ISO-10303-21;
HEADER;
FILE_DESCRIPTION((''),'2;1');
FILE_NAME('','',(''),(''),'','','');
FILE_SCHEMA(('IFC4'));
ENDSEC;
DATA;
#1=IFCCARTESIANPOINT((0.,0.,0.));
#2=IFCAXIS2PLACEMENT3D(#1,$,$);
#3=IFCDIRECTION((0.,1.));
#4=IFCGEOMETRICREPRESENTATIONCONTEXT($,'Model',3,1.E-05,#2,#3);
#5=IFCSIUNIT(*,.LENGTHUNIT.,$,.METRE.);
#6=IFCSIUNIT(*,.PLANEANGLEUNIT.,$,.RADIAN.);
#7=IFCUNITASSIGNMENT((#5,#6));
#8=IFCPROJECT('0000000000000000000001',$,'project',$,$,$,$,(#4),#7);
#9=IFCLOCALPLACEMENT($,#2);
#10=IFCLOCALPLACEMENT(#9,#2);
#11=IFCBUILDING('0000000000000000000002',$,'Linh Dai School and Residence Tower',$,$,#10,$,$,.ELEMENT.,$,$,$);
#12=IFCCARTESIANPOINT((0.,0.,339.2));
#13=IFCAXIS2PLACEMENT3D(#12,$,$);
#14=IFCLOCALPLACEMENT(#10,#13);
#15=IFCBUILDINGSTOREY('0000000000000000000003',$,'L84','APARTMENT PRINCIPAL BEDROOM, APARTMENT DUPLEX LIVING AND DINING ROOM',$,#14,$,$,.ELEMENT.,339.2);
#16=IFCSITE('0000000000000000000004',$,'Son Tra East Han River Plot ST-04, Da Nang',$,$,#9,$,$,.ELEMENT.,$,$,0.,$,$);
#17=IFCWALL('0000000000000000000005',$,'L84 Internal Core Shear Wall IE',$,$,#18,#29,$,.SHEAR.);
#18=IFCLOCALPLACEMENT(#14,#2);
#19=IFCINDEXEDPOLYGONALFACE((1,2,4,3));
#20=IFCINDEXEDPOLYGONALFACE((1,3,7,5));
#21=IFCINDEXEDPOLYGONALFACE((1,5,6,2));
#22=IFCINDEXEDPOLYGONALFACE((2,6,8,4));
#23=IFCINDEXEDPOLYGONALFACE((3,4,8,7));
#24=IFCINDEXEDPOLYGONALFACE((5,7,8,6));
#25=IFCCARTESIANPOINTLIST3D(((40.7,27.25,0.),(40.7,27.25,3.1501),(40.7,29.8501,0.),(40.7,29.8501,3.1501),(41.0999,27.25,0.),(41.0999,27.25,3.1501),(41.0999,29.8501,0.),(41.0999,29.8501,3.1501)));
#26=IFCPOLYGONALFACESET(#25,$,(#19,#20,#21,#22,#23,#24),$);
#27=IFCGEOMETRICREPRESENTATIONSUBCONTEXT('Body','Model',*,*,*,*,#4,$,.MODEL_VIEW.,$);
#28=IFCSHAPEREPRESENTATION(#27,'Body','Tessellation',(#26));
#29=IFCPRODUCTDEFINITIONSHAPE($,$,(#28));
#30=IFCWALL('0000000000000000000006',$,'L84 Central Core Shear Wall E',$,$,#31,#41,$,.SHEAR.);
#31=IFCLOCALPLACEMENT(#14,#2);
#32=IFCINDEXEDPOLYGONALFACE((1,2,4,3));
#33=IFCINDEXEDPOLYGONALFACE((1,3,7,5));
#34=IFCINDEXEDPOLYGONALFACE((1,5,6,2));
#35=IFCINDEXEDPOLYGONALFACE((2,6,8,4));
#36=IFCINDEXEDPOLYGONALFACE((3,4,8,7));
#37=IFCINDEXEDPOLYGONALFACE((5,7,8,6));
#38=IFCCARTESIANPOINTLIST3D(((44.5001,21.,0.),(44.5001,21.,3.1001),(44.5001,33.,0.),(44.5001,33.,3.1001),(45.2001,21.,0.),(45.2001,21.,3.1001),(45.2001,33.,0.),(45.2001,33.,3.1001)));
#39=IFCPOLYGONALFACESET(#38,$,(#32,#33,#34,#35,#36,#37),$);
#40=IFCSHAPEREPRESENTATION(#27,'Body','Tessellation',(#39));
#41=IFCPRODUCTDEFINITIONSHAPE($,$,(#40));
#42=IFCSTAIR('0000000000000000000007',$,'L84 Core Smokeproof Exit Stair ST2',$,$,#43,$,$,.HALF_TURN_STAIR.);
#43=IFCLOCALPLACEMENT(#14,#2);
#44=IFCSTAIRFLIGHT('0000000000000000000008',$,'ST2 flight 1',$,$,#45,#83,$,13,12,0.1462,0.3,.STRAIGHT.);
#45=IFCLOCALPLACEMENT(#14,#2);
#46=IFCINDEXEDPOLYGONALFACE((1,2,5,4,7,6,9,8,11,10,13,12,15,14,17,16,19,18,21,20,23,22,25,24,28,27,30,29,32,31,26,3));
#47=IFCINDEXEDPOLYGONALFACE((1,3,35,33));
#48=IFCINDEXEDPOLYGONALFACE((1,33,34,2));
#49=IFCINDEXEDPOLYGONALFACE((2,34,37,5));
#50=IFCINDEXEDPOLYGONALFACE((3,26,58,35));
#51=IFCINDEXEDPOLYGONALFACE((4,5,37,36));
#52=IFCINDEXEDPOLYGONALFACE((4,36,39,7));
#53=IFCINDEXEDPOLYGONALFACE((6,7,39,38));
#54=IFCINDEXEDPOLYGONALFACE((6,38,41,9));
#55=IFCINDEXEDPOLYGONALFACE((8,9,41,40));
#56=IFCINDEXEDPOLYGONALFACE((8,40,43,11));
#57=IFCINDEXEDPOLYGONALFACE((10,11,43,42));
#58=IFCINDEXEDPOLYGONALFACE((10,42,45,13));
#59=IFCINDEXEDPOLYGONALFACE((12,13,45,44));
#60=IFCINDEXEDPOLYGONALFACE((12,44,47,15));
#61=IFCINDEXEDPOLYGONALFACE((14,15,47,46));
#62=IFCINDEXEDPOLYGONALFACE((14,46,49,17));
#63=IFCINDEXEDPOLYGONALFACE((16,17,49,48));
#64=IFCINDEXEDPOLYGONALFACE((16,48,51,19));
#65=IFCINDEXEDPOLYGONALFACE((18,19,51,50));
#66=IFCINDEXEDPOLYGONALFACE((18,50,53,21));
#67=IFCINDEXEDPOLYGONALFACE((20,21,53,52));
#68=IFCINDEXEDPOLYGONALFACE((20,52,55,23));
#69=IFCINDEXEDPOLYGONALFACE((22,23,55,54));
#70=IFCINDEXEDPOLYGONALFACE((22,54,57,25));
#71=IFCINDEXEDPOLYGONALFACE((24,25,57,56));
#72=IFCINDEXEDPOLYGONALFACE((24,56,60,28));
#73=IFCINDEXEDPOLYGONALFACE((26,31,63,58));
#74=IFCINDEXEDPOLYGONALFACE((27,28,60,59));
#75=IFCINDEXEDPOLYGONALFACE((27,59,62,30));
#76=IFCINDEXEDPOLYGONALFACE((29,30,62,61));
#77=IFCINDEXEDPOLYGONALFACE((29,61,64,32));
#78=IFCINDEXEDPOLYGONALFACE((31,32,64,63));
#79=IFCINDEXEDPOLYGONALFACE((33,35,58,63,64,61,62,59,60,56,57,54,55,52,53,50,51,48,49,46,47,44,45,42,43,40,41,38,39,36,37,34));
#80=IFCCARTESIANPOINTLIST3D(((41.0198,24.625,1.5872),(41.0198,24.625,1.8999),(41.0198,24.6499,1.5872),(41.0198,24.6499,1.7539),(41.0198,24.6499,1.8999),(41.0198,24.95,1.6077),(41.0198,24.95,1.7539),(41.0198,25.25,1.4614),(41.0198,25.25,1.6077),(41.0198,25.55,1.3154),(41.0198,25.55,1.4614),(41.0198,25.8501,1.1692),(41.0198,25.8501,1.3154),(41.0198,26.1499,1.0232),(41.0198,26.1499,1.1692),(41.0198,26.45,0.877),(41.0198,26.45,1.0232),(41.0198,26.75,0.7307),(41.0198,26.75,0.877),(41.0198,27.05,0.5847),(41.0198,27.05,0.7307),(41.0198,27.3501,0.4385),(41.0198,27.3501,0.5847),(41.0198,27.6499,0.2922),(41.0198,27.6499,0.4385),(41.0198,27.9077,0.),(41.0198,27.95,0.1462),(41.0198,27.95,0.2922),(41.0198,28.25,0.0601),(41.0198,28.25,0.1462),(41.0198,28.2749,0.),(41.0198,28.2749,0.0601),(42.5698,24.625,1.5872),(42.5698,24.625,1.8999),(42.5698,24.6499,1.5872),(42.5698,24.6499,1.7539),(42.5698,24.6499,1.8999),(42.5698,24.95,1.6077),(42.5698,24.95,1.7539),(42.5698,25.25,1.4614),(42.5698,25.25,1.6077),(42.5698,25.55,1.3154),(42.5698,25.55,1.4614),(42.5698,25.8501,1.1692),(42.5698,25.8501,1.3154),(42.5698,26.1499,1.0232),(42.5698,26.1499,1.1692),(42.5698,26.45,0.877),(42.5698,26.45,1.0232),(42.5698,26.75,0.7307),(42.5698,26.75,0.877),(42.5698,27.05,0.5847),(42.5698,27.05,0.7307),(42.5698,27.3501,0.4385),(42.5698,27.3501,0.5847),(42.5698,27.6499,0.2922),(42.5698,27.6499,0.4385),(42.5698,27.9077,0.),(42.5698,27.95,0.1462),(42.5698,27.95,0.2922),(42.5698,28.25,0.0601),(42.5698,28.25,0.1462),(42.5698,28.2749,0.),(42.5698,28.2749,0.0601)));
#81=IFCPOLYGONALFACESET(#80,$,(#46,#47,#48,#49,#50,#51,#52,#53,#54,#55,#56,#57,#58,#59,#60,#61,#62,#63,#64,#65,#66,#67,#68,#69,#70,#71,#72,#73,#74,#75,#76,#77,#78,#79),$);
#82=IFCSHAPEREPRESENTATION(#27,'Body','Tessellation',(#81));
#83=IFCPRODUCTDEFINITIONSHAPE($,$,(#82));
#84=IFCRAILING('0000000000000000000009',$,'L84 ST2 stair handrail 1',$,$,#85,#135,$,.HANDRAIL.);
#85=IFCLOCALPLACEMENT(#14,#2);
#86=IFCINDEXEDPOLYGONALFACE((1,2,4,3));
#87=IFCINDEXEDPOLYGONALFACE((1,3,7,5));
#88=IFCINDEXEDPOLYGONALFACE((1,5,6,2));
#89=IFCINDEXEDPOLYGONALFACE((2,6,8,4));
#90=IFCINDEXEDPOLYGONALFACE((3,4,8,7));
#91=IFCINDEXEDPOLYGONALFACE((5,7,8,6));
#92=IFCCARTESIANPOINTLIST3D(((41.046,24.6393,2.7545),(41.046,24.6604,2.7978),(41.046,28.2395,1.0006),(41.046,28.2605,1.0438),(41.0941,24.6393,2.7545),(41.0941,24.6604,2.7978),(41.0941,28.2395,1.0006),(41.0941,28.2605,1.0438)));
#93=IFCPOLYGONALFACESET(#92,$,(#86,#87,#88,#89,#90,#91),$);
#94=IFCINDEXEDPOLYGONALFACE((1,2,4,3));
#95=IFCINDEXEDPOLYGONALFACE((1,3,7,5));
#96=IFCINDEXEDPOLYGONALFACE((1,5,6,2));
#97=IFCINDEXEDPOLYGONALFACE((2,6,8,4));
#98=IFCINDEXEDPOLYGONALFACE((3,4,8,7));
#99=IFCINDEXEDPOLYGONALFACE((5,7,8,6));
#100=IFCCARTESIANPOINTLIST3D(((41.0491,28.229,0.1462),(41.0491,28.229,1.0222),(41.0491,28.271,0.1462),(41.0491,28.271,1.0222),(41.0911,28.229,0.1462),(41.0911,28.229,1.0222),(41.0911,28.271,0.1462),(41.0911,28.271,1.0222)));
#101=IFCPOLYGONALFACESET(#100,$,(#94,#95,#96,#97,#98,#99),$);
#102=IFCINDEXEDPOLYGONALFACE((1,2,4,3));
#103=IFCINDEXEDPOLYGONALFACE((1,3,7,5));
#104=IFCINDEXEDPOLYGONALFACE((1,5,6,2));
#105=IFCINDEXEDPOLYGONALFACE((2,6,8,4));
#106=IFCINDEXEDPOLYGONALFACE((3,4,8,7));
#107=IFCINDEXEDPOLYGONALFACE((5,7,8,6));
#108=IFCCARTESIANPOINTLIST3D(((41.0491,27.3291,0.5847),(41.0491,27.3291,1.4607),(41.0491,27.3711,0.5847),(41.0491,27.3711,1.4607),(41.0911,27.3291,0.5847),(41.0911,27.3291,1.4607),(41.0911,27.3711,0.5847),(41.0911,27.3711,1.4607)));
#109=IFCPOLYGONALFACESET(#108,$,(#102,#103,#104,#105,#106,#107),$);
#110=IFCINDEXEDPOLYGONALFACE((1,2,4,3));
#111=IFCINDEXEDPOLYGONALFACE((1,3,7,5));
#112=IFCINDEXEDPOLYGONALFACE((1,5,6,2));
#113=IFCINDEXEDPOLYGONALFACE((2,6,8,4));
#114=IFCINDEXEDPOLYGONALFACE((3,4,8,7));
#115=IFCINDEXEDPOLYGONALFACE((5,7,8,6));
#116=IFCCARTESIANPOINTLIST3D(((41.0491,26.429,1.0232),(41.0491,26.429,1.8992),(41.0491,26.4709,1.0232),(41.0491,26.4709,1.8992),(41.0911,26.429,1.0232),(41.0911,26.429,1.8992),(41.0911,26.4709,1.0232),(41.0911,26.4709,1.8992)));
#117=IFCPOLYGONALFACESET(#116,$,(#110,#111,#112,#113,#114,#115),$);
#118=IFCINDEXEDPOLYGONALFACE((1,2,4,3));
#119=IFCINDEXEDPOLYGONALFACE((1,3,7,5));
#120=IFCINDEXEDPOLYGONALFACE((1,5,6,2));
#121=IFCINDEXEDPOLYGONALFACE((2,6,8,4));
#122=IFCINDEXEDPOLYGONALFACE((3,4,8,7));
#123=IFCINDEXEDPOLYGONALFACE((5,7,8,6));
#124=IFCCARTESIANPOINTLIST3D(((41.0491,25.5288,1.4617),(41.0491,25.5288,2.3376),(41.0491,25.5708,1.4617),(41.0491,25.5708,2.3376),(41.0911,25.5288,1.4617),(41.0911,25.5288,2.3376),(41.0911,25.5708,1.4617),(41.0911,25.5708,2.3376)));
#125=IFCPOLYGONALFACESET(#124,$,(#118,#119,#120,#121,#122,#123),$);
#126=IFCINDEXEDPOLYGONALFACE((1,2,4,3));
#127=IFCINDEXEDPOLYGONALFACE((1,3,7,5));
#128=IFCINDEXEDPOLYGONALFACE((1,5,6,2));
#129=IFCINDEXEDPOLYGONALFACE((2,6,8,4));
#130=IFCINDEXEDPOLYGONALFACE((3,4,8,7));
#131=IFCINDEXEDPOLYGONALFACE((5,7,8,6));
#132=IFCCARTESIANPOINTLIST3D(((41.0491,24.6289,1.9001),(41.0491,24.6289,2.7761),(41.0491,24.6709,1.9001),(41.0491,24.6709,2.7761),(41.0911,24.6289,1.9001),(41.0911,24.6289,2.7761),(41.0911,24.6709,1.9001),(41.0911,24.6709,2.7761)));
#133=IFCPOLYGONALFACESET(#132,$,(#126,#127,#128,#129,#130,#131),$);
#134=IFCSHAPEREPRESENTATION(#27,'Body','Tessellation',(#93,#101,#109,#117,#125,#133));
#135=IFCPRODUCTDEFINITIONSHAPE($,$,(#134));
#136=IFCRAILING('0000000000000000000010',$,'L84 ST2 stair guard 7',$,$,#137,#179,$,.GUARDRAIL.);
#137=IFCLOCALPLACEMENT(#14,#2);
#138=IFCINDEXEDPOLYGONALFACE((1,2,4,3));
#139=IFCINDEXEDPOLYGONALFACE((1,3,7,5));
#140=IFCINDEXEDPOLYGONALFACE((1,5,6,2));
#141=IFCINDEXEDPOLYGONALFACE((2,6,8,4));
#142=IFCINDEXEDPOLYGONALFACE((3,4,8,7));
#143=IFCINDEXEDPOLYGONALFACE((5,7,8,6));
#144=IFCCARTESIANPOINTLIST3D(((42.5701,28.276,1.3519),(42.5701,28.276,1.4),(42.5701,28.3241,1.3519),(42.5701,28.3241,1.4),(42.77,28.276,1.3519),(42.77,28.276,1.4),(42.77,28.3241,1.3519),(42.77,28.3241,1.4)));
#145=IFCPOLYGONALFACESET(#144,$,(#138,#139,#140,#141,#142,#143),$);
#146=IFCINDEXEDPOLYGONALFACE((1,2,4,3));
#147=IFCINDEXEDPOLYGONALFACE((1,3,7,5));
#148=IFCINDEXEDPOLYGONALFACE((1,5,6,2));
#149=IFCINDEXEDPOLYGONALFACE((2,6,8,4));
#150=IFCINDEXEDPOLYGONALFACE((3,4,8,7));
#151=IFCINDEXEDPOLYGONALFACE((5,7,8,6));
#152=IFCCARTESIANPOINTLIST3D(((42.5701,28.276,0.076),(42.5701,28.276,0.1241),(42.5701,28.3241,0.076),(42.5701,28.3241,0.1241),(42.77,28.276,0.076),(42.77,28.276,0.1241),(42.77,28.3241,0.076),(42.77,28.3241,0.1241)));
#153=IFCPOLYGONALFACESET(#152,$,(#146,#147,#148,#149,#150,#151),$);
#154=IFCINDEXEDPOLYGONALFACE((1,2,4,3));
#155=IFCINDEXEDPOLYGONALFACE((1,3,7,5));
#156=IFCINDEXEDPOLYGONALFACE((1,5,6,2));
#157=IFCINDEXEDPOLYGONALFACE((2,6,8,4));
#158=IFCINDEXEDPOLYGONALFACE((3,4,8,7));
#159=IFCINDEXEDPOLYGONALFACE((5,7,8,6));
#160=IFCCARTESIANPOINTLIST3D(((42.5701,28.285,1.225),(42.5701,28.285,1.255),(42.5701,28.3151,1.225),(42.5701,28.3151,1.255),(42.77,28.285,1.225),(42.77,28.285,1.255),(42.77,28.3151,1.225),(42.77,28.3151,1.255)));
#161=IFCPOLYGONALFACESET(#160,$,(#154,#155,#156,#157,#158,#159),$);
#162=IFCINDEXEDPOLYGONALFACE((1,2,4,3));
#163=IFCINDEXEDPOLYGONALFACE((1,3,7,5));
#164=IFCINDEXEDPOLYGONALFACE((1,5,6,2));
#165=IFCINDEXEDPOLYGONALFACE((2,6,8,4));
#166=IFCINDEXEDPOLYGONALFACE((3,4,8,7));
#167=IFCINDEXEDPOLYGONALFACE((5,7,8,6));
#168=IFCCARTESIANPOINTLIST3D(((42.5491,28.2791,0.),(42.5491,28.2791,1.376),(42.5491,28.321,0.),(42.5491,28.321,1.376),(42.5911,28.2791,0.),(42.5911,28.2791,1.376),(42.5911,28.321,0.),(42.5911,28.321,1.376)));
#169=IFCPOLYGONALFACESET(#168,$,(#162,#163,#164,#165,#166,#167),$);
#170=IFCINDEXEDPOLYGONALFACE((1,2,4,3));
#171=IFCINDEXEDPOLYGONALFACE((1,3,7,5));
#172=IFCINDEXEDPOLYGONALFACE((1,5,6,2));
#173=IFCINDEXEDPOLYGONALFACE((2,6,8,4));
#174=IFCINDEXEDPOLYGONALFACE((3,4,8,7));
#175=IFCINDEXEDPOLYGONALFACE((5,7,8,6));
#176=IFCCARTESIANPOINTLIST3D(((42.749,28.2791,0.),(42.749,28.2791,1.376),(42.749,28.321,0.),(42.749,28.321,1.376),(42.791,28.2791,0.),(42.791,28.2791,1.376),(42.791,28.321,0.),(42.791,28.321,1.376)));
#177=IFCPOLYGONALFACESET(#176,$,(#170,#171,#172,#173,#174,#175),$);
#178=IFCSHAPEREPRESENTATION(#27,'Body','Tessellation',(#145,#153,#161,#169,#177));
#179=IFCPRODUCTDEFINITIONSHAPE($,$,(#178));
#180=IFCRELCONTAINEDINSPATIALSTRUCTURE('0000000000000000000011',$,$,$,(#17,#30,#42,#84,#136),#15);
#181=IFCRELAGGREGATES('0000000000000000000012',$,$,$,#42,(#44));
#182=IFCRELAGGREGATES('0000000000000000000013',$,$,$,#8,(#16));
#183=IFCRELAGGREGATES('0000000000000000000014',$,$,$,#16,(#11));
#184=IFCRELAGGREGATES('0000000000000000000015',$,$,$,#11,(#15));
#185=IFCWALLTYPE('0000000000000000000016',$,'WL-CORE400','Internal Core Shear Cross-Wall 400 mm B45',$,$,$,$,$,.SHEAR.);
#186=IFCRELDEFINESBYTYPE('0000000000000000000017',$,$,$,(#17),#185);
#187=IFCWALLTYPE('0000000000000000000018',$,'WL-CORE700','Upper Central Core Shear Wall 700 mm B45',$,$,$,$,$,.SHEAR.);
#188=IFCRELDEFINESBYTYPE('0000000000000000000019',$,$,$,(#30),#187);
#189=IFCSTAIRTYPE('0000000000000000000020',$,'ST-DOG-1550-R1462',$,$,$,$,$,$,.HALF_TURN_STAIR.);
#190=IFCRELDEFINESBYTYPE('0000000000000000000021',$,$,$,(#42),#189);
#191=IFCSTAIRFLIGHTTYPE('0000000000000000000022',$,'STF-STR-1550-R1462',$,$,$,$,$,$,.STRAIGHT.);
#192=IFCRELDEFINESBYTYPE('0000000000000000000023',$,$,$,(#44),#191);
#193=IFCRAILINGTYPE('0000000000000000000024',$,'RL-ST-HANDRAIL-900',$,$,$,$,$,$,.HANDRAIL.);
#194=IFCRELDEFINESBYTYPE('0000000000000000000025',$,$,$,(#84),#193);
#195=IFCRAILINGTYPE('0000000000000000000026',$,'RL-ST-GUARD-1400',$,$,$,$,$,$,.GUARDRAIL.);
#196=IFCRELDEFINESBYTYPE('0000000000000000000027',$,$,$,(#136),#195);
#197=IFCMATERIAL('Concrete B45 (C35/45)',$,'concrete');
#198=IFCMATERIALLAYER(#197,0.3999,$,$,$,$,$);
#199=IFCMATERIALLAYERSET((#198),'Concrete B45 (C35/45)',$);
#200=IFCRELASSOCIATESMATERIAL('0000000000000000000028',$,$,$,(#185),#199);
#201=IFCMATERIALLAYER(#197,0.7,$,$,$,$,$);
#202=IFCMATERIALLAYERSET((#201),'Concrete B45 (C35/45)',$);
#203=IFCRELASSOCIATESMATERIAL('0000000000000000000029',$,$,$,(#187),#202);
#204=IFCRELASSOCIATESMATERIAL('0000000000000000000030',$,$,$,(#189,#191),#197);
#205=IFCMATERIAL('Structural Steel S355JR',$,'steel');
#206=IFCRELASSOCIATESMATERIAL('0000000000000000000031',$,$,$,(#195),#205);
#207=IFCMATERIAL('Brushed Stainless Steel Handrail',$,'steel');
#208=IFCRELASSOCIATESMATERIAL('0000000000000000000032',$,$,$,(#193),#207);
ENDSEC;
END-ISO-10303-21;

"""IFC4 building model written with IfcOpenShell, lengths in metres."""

from ifc_helpers import new_model, si_unit, direction, frame, frame_2d, origin, origin_2d, place, context, subcontext, project, spatial, polyline, rectangle, outline, extrude, source, transform, mapped, material, layer, layer_set, type_object, element, aggregate, save


model = new_model("IFC4")

# Units and contexts
model_context = context("Model", 3, precision=1e-05, world=origin(), true_north=direction((0.0, 1.0)))
body_context = subcontext(model_context, "Body", "Model", "MODEL_VIEW")
ifc_project = project(units=[si_unit("LENGTHUNIT", "METRE"), si_unit("PLANEANGLEUNIT", "RADIAN")], contexts=[model_context])

# Site, building, storey
site_placement = place(None, origin())
site = spatial("IfcSite", under=ifc_project, at=site_placement, Name="Son Tra East Han River Plot ST-04, Da Nang", CompositionType="ELEMENT", RefElevation=0.0)
building_placement = place(site_placement, origin())
building = spatial("IfcBuilding", under=site, at=building_placement, Name="Linh Dai School and Residence Tower", CompositionType="ELEMENT")
storey_placement = place(building_placement, frame((0.0, 0.0, 339.2)))
storey = spatial("IfcBuildingStorey", under=building, at=storey_placement, Name="L84", Description="APARTMENT PRINCIPAL BEDROOM, APARTMENT DUPLEX LIVING AND DINING ROOM", CompositionType="ELEMENT", Elevation=339.2)

# Shared definitions
ifc_material_1 = material(Name="Structural Steel S355JR", Category="steel")

# Walls
ifc_material_2 = material(Name="Concrete B45 (C35/45)", Category="concrete")
ifc_layer_1 = layer(ifc_material_2, 0.3999)
ifc_layer_set_1 = layer_set([ifc_layer_1], Name="Concrete B45 (C35/45)")
wall_type_1 = type_object("IfcWallType", Name="WL-CORE400", Description="Internal Core Shear Cross-Wall 400 mm B45", PredefinedType="SHEAR", material=ifc_layer_set_1)
wall_1_placement = place(storey_placement, frame((40.8999, 27.25, 0.0), z_axis=(0.0, 0.0, 1.0), x_axis=(0.0, 1.0, 0.0)))
element("IfcWall", 1, at=wall_1_placement, inside=storey, type_object=wall_type_1, Name="L84 Internal Core Shear Wall IE", PredefinedType="SHEAR", context=body_context, shape_type="SweptSolid", body=[
    extrude(rectangle(XDim=2.6001, YDim=0.3999, at=frame_2d((1.3, 0.0))), origin(), (0.0, 0.0, 1.0), 3.1501),
])
ifc_layer_2 = layer(ifc_material_2, 0.7)
ifc_layer_set_2 = layer_set([ifc_layer_2], Name="Concrete B45 (C35/45)")
wall_type_2 = type_object("IfcWallType", Name="WL-CORE700", Description="Upper Central Core Shear Wall 700 mm B45", PredefinedType="SHEAR", material=ifc_layer_set_2)
wall_2_placement = place(storey_placement, frame((44.8501, 33.0, 0.0), z_axis=(0.0, 0.0, 1.0), x_axis=(0.0, -1.0, 0.0)))
element("IfcWall", 2, at=wall_2_placement, inside=storey, type_object=wall_type_2, Name="L84 Central Core Shear Wall E", PredefinedType="SHEAR", context=body_context, shape_type="SweptSolid", body=[
    extrude(rectangle(XDim=12.0, YDim=0.7, at=frame_2d((6.0, 0.0))), origin(), (0.0, 0.0, 1.0), 3.1001),
])

# Stair, stair flight
stair_type = type_object("IfcStairType", Name="ST-DOG-1550-R1462", PredefinedType="HALF_TURN_STAIR", material=ifc_material_2)
stair_placement = place(storey_placement, origin())
stair = element("IfcStair", 3, at=stair_placement, inside=storey, type_object=stair_type, Name="L84 Core Smokeproof Exit Stair ST2", PredefinedType="HALF_TURN_STAIR")
stair_flight_type = type_object("IfcStairFlightType", Name="STF-STR-1550-R1462", PredefinedType="STRAIGHT", material=ifc_material_2)
shared_shape_1 = source(origin(), body_context, "Body", "SweptSolid", [
    extrude(outline(polyline([(-0.0249, 0.0), (-0.0249, 0.0601), (0.0, 0.0601), (0.0, 0.1462), (0.3, 0.1462), (0.3, 0.2922), (0.6001, 0.2922), (0.6001, 0.4385), (0.8999, 0.4385), (0.8999, 0.5847), (1.2, 0.5847), (1.2, 0.7307), (1.5, 0.7307), (1.5, 0.877), (1.8, 0.877), (1.8, 1.0232), (2.1001, 1.0232), (2.1001, 1.1692), (2.3999, 1.1692), (2.3999, 1.3154), (2.7, 1.3154), (2.7, 1.4614), (3.0, 1.4614), (3.0, 1.6077), (3.3, 1.6077), (3.3, 1.7539), (3.6001, 1.7539), (3.6001, 1.8999), (3.625, 1.8999), (3.625, 1.5872), (3.6001, 1.5872), (0.3423, 0.0), (-0.0249, 0.0)])), frame((0.0, 0.7749, 0.0), z_axis=(0.0, -1.0, 0.0), x_axis=(1.0, 0.0, 0.0)), (0.0, 0.0, 1.0), 1.55),
])
stair_flight_placement = place(storey_placement, frame((41.7949, 28.25, 0.0), z_axis=(0.0, 0.0, 1.0), x_axis=(0.0, -1.0, 0.0)))
stair_flight = element("IfcStairFlight", 4, at=stair_flight_placement, type_object=stair_flight_type, Name="ST2 flight 1", NumberOfRisers=13, NumberOfTreads=12, PredefinedType="STRAIGHT", RiserHeight=0.1462, TreadLength=0.3, context=body_context, shape_type="MappedRepresentation", body=[
    mapped(shared_shape_1, transform((0.0, 0.0, 0.0), x_axis=(1.0, 0.0, 0.0), y_axis=(0.0, 1.0, 0.0), z_axis=(0.0, 0.0, 1.0), scale=1.0)),
])
aggregate(stair, [stair_flight])

# Railings
railing_type_1 = type_object("IfcRailingType", Name="RL-ST-GUARD-1400", PredefinedType="GUARDRAIL", material=ifc_material_1)
ifc_material_3 = material(Name="Brushed Stainless Steel Handrail", Category="steel")
railing_type_2 = type_object("IfcRailingType", Name="RL-ST-HANDRAIL-900", PredefinedType="HANDRAIL", material=ifc_material_3)
shared_shape_2 = source(origin(), body_context, "Body", "SweptSolid", [
    extrude(rectangle(XDim=0.0481, YDim=0.0481, at=origin_2d()), frame((0.0, 0.0, 0.876), z_axis=(0.0, -0.898989, 0.437972), x_axis=(1.0, 0.0, 0.0)), (0.0, 0.0, 1.0), 4.0046),
    extrude(rectangle(XDim=0.042, YDim=0.042, at=origin_2d()), origin(), (0.0, 0.0, 1.0), 0.876),
    extrude(rectangle(XDim=0.042, YDim=0.042, at=origin_2d()), frame((0.0, -0.8999, 0.4385)), (0.0, 0.0, 1.0), 0.876),
    extrude(rectangle(XDim=0.042, YDim=0.042, at=origin_2d()), frame((0.0, -1.8, 0.877)), (0.0, 0.0, 1.0), 0.876),
    extrude(rectangle(XDim=0.042, YDim=0.042, at=origin_2d()), frame((0.0, -2.7002, 1.3154)), (0.0, 0.0, 1.0), 0.876),
    extrude(rectangle(XDim=0.042, YDim=0.042, at=origin_2d()), frame((0.0, -3.6001, 1.7539)), (0.0, 0.0, 1.0), 0.876),
])
railing_1_placement = place(storey_placement, frame((41.0701, 28.25, 0.1462)))
element("IfcRailing", 5, at=railing_1_placement, inside=storey, type_object=railing_type_2, Name="L84 ST2 stair handrail 1", PredefinedType="HANDRAIL", context=body_context, shape_type="MappedRepresentation", body=[
    mapped(shared_shape_2, transform((0.0, 0.0, 0.0), x_axis=(1.0, 0.0, 0.0), y_axis=(0.0, 1.0, 0.0), z_axis=(0.0, 0.0, 1.0), scale=1.0)),
])
shared_shape_3 = source(origin(), body_context, "Body", "SweptSolid", [
    extrude(rectangle(XDim=0.0481, YDim=0.0481, at=origin_2d()), frame((0.0, 0.0, 1.376), z_axis=(1.0, 0.0, 0.0), x_axis=(0.0, 1.0, 0.0)), (0.0, 0.0, 1.0), 0.2),
    extrude(rectangle(XDim=0.0481, YDim=0.0481, at=origin_2d()), frame((0.0, 0.0, 0.1001), z_axis=(1.0, 0.0, 0.0), x_axis=(0.0, 1.0, 0.0)), (0.0, 0.0, 1.0), 0.2),
    extrude(rectangle(XDim=0.03, YDim=0.03, at=origin_2d()), frame((0.0, 0.0, 1.24), z_axis=(1.0, 0.0, 0.0), x_axis=(0.0, 1.0, 0.0)), (0.0, 0.0, 1.0), 0.2),
    extrude(rectangle(XDim=0.042, YDim=0.042, at=origin_2d()), origin(), (0.0, 0.0, 1.0), 1.376),
    extrude(rectangle(XDim=0.042, YDim=0.042, at=origin_2d()), frame((0.2, 0.0, 0.0)), (0.0, 0.0, 1.0), 1.376),
])
railing_2_placement = place(storey_placement, frame((42.5701, 28.3, 0.0)))
element("IfcRailing", 6, at=railing_2_placement, inside=storey, type_object=railing_type_1, Name="L84 ST2 stair guard 7", PredefinedType="GUARDRAIL", context=body_context, shape_type="MappedRepresentation", body=[
    mapped(shared_shape_3, transform((0.0, 0.0, 0.0), x_axis=(1.0, 0.0, 0.0), y_axis=(0.0, 1.0, 0.0), z_axis=(0.0, 0.0, 1.0), scale=1.0)),
])

save(model, "model.ifc")
